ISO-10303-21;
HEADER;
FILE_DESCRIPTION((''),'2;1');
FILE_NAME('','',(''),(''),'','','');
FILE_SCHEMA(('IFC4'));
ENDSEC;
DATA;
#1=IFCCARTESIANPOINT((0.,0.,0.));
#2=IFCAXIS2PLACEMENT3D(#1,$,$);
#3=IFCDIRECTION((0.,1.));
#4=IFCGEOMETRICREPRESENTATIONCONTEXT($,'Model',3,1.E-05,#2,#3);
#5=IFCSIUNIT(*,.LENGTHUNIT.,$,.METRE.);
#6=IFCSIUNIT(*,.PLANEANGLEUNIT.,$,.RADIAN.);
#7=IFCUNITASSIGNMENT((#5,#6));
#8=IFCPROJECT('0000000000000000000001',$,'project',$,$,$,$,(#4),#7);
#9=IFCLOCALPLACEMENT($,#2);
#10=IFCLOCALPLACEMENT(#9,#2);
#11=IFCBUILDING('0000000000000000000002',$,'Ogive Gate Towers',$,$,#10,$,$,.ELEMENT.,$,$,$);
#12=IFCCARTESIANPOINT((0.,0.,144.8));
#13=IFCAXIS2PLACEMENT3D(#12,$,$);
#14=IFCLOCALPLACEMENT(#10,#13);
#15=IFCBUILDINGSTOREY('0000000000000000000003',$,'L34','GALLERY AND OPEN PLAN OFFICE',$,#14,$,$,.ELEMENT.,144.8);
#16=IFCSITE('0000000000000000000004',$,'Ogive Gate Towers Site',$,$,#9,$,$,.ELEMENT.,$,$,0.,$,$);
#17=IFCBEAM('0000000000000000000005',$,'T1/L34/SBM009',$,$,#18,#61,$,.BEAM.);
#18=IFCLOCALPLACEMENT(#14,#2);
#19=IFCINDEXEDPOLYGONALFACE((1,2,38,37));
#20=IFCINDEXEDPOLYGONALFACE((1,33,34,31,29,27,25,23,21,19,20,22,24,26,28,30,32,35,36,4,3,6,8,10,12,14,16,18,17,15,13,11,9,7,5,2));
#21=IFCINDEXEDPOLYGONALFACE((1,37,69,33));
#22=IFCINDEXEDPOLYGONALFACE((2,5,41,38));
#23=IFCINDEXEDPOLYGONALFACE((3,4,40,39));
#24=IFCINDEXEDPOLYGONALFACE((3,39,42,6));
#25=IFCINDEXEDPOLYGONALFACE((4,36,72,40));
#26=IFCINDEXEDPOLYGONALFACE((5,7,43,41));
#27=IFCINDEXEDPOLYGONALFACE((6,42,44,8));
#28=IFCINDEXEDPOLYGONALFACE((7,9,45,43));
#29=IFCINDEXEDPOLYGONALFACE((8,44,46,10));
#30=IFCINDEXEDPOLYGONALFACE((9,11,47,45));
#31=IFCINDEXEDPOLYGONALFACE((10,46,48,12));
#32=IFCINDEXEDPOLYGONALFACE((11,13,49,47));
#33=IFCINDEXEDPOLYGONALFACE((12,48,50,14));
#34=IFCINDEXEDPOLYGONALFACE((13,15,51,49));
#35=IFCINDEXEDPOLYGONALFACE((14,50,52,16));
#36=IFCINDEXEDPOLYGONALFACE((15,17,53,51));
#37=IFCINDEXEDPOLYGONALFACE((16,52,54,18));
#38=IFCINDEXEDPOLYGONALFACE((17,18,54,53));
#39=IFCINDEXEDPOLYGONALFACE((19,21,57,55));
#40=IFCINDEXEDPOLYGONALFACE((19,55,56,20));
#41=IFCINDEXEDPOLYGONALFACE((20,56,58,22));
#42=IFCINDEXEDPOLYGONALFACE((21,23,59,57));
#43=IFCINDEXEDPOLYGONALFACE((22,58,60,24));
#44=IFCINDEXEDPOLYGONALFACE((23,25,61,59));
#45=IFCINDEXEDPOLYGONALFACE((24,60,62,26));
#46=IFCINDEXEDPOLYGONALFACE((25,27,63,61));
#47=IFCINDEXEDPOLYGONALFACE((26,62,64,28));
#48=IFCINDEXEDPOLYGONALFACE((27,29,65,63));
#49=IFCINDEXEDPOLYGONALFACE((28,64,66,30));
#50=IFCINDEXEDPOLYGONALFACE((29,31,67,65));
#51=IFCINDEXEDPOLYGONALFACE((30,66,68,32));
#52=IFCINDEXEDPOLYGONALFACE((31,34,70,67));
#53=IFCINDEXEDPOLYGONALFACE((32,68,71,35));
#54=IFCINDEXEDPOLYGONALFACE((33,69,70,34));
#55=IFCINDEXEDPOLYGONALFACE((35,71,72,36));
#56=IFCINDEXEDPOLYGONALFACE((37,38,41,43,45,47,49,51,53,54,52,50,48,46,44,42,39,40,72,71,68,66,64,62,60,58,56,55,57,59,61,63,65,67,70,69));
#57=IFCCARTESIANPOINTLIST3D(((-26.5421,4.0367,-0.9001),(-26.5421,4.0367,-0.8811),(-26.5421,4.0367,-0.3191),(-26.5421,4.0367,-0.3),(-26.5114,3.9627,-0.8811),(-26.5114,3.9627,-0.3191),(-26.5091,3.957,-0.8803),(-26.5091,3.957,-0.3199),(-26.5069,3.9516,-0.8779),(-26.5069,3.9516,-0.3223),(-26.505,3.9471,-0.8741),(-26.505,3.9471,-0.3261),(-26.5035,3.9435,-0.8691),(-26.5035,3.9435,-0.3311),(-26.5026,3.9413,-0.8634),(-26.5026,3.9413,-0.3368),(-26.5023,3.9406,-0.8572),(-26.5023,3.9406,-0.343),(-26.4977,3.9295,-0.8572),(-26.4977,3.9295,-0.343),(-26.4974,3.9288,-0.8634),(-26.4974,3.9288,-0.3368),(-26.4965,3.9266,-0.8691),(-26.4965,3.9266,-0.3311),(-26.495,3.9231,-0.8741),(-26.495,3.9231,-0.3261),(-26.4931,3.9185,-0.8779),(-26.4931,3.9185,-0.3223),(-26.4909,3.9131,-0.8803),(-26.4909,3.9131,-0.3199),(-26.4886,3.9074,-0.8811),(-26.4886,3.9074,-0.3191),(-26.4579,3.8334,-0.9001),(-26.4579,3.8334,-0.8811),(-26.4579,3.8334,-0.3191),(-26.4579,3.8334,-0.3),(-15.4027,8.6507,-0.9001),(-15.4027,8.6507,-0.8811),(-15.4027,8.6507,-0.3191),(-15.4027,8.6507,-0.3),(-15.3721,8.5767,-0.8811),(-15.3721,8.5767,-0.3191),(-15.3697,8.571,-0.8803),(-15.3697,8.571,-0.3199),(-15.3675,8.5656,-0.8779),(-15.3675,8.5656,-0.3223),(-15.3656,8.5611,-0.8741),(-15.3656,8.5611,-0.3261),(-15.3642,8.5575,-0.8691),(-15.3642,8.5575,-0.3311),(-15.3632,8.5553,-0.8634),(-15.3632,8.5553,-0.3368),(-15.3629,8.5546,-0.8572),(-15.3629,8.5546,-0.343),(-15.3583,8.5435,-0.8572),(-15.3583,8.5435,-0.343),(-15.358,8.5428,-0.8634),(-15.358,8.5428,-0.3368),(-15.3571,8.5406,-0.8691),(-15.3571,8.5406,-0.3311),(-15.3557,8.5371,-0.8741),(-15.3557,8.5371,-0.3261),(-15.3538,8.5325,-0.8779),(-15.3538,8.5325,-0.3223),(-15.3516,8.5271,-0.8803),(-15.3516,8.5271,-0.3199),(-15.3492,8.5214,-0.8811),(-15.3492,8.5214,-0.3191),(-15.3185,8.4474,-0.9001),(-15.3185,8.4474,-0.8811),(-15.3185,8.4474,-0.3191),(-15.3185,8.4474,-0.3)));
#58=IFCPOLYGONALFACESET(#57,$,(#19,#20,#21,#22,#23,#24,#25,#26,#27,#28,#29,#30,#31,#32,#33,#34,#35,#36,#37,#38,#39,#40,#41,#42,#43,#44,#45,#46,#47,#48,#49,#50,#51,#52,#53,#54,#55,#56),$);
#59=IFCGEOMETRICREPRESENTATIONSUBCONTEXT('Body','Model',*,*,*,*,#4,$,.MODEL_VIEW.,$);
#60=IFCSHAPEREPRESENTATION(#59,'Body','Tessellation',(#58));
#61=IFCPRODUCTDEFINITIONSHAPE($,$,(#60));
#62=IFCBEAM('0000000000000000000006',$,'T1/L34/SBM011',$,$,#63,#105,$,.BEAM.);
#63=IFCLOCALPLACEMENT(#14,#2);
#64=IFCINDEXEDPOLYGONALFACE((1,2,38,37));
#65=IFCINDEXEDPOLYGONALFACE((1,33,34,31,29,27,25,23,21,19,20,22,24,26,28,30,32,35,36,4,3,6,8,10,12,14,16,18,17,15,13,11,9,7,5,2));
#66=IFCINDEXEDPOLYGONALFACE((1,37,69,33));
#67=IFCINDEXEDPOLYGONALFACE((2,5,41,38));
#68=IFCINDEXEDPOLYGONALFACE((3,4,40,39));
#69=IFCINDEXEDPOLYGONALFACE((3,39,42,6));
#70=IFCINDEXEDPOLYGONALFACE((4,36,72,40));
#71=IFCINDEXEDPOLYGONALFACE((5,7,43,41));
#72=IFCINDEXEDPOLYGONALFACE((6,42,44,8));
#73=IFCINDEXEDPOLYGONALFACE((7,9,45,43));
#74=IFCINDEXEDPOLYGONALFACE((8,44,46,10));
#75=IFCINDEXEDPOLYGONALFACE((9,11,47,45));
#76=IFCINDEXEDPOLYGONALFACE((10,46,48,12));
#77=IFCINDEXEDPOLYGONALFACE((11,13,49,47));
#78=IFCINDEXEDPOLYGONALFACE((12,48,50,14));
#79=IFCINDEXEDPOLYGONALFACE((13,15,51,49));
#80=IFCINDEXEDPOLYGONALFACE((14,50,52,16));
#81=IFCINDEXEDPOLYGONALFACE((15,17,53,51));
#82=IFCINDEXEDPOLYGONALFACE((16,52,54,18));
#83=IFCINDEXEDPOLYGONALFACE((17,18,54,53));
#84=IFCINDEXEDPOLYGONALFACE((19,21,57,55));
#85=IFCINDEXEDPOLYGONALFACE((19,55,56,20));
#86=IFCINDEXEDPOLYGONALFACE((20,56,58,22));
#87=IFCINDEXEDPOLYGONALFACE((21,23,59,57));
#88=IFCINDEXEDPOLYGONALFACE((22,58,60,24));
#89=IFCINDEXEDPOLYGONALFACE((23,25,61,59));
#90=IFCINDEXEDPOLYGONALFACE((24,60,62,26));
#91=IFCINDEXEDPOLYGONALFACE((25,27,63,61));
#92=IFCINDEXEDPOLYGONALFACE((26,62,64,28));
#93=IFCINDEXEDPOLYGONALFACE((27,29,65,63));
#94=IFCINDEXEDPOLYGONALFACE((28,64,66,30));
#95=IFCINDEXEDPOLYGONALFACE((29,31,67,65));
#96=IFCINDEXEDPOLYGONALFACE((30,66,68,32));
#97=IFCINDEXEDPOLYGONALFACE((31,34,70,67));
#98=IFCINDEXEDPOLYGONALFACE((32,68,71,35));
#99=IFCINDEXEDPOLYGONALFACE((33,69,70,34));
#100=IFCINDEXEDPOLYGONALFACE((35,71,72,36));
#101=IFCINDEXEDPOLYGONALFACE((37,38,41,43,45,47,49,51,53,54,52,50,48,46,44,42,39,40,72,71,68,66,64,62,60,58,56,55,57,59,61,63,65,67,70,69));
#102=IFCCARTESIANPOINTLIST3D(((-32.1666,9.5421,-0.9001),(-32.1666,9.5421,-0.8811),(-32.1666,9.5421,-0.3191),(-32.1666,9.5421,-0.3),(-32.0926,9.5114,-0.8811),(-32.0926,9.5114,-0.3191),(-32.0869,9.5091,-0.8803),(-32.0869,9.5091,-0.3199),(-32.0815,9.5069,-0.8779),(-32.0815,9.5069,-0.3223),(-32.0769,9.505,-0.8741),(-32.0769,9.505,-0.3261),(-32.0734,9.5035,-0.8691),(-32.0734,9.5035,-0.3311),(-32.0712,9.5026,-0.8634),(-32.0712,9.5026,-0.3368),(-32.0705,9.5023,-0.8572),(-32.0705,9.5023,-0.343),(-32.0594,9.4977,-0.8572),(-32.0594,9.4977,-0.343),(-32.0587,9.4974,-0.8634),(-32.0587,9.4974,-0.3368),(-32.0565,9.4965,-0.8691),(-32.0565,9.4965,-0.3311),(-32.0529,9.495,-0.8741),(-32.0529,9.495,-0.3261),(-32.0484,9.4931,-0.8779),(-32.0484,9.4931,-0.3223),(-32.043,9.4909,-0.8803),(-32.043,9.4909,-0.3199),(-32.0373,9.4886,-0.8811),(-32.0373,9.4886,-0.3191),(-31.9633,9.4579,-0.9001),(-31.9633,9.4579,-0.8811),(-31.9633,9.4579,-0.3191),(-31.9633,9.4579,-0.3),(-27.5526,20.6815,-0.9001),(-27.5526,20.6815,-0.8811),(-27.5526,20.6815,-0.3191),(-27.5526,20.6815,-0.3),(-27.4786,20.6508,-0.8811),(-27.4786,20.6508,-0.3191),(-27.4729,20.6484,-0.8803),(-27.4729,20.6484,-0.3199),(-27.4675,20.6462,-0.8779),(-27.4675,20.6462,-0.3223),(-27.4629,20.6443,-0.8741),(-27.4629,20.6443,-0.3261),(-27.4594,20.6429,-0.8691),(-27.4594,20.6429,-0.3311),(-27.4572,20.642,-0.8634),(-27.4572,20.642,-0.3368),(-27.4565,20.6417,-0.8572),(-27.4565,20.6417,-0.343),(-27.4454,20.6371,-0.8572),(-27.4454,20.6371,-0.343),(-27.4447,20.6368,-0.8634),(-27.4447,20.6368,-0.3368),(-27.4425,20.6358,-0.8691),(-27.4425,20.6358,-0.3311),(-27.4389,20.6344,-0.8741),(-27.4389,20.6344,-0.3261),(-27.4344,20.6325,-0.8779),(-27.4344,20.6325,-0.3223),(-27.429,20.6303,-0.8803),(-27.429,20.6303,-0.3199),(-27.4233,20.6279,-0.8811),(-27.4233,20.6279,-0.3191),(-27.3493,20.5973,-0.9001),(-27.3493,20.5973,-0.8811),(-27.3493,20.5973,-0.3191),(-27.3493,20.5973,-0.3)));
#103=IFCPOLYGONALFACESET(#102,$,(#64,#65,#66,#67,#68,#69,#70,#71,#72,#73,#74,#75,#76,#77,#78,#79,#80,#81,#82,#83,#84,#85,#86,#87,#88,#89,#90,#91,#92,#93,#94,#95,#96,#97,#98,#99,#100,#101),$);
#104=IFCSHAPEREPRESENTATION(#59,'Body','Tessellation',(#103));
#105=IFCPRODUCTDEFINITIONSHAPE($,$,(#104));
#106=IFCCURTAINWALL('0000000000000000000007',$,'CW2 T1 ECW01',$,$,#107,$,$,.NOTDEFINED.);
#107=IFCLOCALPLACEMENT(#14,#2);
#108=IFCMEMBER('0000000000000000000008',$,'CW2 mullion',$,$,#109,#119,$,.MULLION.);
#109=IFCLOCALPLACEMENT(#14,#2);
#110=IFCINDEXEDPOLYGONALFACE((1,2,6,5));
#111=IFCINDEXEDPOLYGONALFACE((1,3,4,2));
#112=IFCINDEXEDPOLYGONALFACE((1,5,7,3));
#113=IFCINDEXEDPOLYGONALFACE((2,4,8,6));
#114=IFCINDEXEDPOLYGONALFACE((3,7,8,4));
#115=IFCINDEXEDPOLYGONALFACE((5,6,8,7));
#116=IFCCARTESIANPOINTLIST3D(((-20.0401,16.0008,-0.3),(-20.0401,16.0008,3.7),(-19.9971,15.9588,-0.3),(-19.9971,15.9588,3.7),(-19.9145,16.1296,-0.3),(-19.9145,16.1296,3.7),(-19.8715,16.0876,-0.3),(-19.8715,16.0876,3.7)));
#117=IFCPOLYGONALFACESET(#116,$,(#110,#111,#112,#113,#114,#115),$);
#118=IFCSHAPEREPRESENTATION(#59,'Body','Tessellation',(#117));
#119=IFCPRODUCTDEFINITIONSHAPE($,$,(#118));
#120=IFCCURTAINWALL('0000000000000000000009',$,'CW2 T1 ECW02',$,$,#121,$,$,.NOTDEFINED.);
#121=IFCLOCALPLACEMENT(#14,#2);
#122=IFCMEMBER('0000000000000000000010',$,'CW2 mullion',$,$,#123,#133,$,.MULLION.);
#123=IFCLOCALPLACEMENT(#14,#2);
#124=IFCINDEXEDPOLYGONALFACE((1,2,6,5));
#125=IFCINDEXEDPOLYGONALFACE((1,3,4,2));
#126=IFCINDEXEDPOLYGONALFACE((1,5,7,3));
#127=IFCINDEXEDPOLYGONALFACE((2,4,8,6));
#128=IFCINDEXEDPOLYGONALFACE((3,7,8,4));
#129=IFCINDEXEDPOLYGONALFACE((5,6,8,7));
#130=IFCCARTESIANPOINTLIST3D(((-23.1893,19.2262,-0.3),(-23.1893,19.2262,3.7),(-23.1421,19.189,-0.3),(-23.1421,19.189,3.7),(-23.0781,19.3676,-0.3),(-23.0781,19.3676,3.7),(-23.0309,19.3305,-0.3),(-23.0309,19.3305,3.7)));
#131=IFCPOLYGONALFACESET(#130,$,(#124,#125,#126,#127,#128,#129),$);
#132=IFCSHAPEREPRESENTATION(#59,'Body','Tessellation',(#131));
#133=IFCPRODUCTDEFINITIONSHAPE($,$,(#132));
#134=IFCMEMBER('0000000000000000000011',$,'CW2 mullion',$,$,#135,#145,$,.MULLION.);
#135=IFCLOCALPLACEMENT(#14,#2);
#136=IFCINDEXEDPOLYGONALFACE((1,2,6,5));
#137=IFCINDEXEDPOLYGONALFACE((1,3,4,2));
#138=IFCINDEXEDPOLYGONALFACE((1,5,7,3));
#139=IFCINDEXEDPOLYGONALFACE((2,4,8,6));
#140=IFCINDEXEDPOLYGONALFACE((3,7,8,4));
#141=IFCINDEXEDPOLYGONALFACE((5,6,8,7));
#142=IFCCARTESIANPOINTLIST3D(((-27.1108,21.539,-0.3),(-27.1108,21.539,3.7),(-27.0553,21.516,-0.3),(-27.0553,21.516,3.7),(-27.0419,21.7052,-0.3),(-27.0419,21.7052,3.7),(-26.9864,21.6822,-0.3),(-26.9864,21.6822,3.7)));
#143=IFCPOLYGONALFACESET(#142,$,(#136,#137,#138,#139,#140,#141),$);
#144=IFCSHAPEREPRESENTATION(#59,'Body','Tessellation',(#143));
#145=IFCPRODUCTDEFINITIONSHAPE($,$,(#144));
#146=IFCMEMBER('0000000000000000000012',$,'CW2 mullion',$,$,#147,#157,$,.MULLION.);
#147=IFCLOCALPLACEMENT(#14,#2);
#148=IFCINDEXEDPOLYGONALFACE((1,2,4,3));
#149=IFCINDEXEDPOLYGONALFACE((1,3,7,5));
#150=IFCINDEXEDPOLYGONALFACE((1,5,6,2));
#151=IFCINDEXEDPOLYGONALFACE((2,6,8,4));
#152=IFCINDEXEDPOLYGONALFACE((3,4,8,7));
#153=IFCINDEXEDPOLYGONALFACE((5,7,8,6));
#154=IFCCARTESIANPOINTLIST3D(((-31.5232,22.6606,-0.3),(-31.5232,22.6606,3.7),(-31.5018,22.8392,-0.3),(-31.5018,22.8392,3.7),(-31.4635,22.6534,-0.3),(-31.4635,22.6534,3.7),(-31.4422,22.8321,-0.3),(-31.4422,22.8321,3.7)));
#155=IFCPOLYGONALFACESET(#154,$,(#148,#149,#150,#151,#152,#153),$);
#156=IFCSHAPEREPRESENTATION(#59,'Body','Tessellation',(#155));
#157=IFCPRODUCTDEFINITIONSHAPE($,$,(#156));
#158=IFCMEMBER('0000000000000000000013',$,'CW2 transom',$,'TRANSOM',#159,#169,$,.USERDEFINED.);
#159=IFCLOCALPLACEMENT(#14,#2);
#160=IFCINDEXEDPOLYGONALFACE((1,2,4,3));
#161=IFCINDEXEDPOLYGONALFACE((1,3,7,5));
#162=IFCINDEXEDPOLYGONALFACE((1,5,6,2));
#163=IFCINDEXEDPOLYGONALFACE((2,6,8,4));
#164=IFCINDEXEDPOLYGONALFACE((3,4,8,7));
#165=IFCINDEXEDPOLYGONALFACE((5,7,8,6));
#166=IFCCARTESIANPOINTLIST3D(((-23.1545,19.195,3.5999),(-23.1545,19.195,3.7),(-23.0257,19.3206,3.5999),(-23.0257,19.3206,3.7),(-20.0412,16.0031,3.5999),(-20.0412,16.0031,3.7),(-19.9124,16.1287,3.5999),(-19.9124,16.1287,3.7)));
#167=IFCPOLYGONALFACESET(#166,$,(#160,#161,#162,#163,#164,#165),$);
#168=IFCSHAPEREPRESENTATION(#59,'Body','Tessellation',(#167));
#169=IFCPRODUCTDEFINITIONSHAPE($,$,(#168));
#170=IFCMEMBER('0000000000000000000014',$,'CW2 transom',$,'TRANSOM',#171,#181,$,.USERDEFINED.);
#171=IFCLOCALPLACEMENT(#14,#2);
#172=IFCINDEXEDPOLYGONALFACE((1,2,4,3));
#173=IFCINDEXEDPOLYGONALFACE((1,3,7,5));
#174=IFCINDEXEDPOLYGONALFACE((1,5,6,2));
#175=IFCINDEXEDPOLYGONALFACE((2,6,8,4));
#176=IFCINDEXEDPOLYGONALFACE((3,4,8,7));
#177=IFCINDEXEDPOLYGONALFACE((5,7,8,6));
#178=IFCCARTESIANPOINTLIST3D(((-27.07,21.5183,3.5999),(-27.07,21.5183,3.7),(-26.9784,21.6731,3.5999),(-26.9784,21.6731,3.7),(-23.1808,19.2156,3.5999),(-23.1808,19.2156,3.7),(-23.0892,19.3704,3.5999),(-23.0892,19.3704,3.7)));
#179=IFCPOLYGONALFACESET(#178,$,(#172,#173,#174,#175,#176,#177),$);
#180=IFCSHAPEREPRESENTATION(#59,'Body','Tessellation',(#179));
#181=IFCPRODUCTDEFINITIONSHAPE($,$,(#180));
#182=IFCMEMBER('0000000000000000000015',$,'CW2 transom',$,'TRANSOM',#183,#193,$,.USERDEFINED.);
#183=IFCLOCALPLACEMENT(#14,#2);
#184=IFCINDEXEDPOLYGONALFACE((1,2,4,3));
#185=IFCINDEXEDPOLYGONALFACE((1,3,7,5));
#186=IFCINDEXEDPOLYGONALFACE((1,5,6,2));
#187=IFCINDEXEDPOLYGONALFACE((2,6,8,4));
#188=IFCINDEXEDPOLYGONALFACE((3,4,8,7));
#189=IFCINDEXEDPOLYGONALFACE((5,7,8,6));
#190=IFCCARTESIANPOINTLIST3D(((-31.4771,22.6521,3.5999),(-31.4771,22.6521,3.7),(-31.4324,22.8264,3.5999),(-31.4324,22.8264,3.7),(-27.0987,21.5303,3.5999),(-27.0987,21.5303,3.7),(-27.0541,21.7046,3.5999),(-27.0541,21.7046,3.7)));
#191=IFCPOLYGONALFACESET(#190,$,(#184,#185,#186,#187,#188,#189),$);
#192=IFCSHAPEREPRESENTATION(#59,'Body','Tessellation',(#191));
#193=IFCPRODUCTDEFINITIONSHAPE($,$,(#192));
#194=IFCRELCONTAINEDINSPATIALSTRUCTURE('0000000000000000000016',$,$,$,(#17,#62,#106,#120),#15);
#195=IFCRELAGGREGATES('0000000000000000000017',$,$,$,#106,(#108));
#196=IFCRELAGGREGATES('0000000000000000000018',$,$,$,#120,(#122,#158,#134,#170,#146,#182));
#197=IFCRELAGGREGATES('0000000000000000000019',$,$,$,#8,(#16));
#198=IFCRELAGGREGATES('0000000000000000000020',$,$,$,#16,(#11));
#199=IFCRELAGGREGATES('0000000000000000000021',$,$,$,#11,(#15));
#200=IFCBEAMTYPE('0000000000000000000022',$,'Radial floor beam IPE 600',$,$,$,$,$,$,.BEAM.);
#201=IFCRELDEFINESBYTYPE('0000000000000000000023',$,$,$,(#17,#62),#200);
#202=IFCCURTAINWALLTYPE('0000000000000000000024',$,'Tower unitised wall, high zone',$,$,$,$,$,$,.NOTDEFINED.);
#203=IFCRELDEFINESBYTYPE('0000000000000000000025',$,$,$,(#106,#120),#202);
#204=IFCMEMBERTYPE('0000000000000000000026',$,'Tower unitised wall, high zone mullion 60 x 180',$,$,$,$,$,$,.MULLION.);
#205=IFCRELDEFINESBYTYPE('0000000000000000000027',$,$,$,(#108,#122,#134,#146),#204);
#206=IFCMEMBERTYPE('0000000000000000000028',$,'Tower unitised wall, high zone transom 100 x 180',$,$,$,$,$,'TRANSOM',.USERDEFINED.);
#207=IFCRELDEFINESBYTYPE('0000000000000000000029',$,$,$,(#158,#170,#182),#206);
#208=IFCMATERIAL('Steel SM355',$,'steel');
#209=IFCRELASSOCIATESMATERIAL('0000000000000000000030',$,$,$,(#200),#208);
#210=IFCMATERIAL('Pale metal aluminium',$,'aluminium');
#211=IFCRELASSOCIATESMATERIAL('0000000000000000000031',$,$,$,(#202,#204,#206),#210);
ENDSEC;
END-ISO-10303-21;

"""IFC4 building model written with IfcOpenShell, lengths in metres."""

from ifc_helpers import new_model, si_unit, direction, frame, origin, origin_2d, place, context, subcontext, project, spatial, rectangle, i_section, extrude, material, material_profile, profile_set, type_object, element, aggregate, save


model = new_model("IFC4")

# Units and contexts
model_context = context("Model", 3, precision=1e-05, world=origin(), true_north=direction((0.0, 1.0)))
body_context = subcontext(model_context, "Body", "Model", "MODEL_VIEW")
ifc_project = project(units=[si_unit("LENGTHUNIT", "METRE"), si_unit("PLANEANGLEUNIT", "RADIAN")], contexts=[model_context])

# Site, building, storey
site_placement = place(None, origin())
site = spatial("IfcSite", under=ifc_project, at=site_placement, Name="Ogive Gate Towers Site", CompositionType="ELEMENT", RefElevation=0.0)
building_placement = place(site_placement, origin())
building = spatial("IfcBuilding", under=site, at=building_placement, Name="Ogive Gate Towers", CompositionType="ELEMENT")
storey_placement = place(building_placement, frame((0.0, 0.0, 144.8)))
storey = spatial("IfcBuildingStorey", under=building, at=storey_placement, Name="L34", Description="GALLERY AND OPEN PLAN OFFICE", CompositionType="ELEMENT", Elevation=144.8)

# Beams
ifc_material_1 = material(Name="Steel SM355", Category="steel")
ifc_material_profile_1 = material_profile(ifc_material_1, i_section(OverallWidth=0.22, OverallDepth=0.6001, WebThickness=0.012, FlangeThickness=0.019, FilletRadius=0.0239, at=origin_2d()), Name="IPE 600")
ifc_profile_set_1 = profile_set([ifc_material_profile_1], Name="Steel SM355")
beam_type_1 = type_object("IfcBeamType", Name="Radial floor beam IPE 600", PredefinedType="BEAM", material=ifc_profile_set_1)
for number, where, z_axis, x_axis, name in (
    (1, (-26.5, 3.9351, -0.6001), (0.923882, 0.382678, 0.0), (-0.382678, 0.923882, 0.0), "T1/L34/SBM009"),
    (2, (-32.0649, 9.5, -0.6001), (0.382678, 0.923882, 0.0), (-0.923882, 0.382678, 0.0), "T1/L34/SBM011"),
):
    element("IfcBeam", number, at=place(storey_placement, frame(where, z_axis=z_axis, x_axis=x_axis)), inside=storey, type_object=beam_type_1, Name=name, PredefinedType="BEAM", context=body_context, shape_type="SweptSolid", body=[
        extrude(i_section(OverallWidth=0.22, OverallDepth=0.6001, WebThickness=0.012, FlangeThickness=0.019, FilletRadius=0.0239, at=origin_2d()), origin(), (0.0, 0.0, 1.0), 12.0571),
    ])

# Curtain wall, member
ifc_material_2 = material(Name="Pale metal aluminium", Category="aluminium")
curtain_wall_type = type_object("IfcCurtainWallType", Name="Tower unitised wall, high zone", PredefinedType="NOTDEFINED", material=ifc_material_2)
curtain_wall_1_placement = place(storey_placement, origin())
curtain_wall_1 = element("IfcCurtainWall", 3, at=curtain_wall_1_placement, inside=storey, type_object=curtain_wall_type, Name="CW2 T1 ECW01", PredefinedType="NOTDEFINED")
ifc_material_profile_2 = material_profile(ifc_material_2, rectangle(XDim=0.1799, YDim=0.0601, at=origin_2d()), Name="60 x 180 aluminium box")
ifc_profile_set_2 = profile_set([ifc_material_profile_2], Name="Pale metal aluminium")
member_type_1 = type_object("IfcMemberType", Name="Tower unitised wall, high zone mullion 60 x 180", PredefinedType="MULLION", material=ifc_profile_set_2)
member_1_placement = place(storey_placement, frame((-19.9558, 16.0442, -0.3), z_axis=(0.0, 0.0, 1.0), x_axis=(0.69824, 0.715863, 0.0)))
member_1 = element("IfcMember", 4, at=member_1_placement, type_object=member_type_1, Name="CW2 mullion", PredefinedType="MULLION", context=body_context, shape_type="SweptSolid", body=[
    extrude(rectangle(XDim=0.1799, YDim=0.0601, at=origin_2d()), origin(), (0.0, 0.0, 1.0), 4.0),
])

# Curtain wall, members
curtain_wall_2_placement = place(storey_placement, origin())
curtain_wall_2 = element("IfcCurtainWall", 5, at=curtain_wall_2_placement, inside=storey, type_object=curtain_wall_type, Name="CW2 T1 ECW02", PredefinedType="NOTDEFINED")
member_2_placement = place(storey_placement, frame((-23.1101, 19.2783, -0.3), z_axis=(0.0, 0.0, 1.0), x_axis=(0.618038, 0.786148, 0.0)))
member_2 = element("IfcMember", 6, at=member_2_placement, type_object=member_type_1, Name="CW2 mullion", PredefinedType="MULLION", context=body_context, shape_type="SweptSolid", body=[
    extrude(rectangle(XDim=0.1799, YDim=0.0601, at=origin_2d()), origin(), (0.0, 0.0, 1.0), 4.0),
])
member_3_placement = place(storey_placement, frame((-27.0486, 21.6106, -0.3), z_axis=(0.0, 0.0, 1.0), x_axis=(0.382683, 0.92388, 0.0)))
member_3 = element("IfcMember", 7, at=member_3_placement, type_object=member_type_1, Name="CW2 mullion", PredefinedType="MULLION", context=body_context, shape_type="SweptSolid", body=[
    extrude(rectangle(XDim=0.1799, YDim=0.0601, at=origin_2d()), origin(), (0.0, 0.0, 1.0), 4.0),
])
member_4_placement = place(storey_placement, frame((-31.4827, 22.7463, -0.3), z_axis=(0.0, 0.0, 1.0), x_axis=(0.118889, 0.992908, 0.0)))
member_4 = element("IfcMember", 8, at=member_4_placement, type_object=member_type_1, Name="CW2 mullion", PredefinedType="MULLION", context=body_context, shape_type="SweptSolid", body=[
    extrude(rectangle(XDim=0.1799, YDim=0.0601, at=origin_2d()), origin(), (0.0, 0.0, 1.0), 4.0),
])
ifc_material_profile_3 = material_profile(ifc_material_2, rectangle(XDim=0.1799, YDim=0.1001, at=origin_2d()), Name="100 x 180 aluminium box")
ifc_profile_set_3 = profile_set([ifc_material_profile_3], Name="Pale metal aluminium")
member_type_2 = type_object("IfcMemberType", Name="Tower unitised wall, high zone transom 100 x 180", ElementType="TRANSOM", PredefinedType="USERDEFINED", material=ifc_profile_set_3)
member_5_placement = place(storey_placement, frame((-19.9768, 16.0659, 3.6499), z_axis=(-0.698236, 0.715867, 0.0), x_axis=(-0.715867, -0.698236, 0.0)))
member_5 = element("IfcMember", 9, at=member_5_placement, type_object=member_type_2, Name="CW2 transom", ObjectType="TRANSOM", PredefinedType="USERDEFINED", context=body_context, shape_type="SweptSolid", body=[
    extrude(rectangle(XDim=0.1799, YDim=0.1001, at=origin_2d()), origin(), (0.0, 0.0, 1.0), 4.4587),
])
member_6_placement = place(storey_placement, frame((-23.135, 19.293, 3.6499), z_axis=(-0.860481, 0.509483, 0.0), x_axis=(-0.509483, -0.860481, 0.0)))
member_6 = element("IfcMember", 10, at=member_6_placement, type_object=member_type_2, Name="CW2 transom", ObjectType="TRANSOM", PredefinedType="USERDEFINED", context=body_context, shape_type="SweptSolid", body=[
    extrude(rectangle(XDim=0.1799, YDim=0.1001, at=origin_2d()), origin(), (0.0, 0.0, 1.0), 4.5198),
])
member_7_placement = place(storey_placement, frame((-27.0764, 21.6174, 3.6499), z_axis=(-0.968709, 0.2482, 0.0), x_axis=(-0.2482, -0.968709, 0.0)))
member_7 = element("IfcMember", 11, at=member_7_placement, type_object=member_type_2, Name="CW2 transom", ObjectType="TRANSOM", PredefinedType="USERDEFINED", context=body_context, shape_type="SweptSolid", body=[
    extrude(rectangle(XDim=0.1799, YDim=0.1001, at=origin_2d()), origin(), (0.0, 0.0, 1.0), 4.5198),
])

aggregate(curtain_wall_1, [member_1])
aggregate(curtain_wall_2, [member_2, member_5, member_3, member_6, member_4, member_7])

save(model, "model.ifc")
